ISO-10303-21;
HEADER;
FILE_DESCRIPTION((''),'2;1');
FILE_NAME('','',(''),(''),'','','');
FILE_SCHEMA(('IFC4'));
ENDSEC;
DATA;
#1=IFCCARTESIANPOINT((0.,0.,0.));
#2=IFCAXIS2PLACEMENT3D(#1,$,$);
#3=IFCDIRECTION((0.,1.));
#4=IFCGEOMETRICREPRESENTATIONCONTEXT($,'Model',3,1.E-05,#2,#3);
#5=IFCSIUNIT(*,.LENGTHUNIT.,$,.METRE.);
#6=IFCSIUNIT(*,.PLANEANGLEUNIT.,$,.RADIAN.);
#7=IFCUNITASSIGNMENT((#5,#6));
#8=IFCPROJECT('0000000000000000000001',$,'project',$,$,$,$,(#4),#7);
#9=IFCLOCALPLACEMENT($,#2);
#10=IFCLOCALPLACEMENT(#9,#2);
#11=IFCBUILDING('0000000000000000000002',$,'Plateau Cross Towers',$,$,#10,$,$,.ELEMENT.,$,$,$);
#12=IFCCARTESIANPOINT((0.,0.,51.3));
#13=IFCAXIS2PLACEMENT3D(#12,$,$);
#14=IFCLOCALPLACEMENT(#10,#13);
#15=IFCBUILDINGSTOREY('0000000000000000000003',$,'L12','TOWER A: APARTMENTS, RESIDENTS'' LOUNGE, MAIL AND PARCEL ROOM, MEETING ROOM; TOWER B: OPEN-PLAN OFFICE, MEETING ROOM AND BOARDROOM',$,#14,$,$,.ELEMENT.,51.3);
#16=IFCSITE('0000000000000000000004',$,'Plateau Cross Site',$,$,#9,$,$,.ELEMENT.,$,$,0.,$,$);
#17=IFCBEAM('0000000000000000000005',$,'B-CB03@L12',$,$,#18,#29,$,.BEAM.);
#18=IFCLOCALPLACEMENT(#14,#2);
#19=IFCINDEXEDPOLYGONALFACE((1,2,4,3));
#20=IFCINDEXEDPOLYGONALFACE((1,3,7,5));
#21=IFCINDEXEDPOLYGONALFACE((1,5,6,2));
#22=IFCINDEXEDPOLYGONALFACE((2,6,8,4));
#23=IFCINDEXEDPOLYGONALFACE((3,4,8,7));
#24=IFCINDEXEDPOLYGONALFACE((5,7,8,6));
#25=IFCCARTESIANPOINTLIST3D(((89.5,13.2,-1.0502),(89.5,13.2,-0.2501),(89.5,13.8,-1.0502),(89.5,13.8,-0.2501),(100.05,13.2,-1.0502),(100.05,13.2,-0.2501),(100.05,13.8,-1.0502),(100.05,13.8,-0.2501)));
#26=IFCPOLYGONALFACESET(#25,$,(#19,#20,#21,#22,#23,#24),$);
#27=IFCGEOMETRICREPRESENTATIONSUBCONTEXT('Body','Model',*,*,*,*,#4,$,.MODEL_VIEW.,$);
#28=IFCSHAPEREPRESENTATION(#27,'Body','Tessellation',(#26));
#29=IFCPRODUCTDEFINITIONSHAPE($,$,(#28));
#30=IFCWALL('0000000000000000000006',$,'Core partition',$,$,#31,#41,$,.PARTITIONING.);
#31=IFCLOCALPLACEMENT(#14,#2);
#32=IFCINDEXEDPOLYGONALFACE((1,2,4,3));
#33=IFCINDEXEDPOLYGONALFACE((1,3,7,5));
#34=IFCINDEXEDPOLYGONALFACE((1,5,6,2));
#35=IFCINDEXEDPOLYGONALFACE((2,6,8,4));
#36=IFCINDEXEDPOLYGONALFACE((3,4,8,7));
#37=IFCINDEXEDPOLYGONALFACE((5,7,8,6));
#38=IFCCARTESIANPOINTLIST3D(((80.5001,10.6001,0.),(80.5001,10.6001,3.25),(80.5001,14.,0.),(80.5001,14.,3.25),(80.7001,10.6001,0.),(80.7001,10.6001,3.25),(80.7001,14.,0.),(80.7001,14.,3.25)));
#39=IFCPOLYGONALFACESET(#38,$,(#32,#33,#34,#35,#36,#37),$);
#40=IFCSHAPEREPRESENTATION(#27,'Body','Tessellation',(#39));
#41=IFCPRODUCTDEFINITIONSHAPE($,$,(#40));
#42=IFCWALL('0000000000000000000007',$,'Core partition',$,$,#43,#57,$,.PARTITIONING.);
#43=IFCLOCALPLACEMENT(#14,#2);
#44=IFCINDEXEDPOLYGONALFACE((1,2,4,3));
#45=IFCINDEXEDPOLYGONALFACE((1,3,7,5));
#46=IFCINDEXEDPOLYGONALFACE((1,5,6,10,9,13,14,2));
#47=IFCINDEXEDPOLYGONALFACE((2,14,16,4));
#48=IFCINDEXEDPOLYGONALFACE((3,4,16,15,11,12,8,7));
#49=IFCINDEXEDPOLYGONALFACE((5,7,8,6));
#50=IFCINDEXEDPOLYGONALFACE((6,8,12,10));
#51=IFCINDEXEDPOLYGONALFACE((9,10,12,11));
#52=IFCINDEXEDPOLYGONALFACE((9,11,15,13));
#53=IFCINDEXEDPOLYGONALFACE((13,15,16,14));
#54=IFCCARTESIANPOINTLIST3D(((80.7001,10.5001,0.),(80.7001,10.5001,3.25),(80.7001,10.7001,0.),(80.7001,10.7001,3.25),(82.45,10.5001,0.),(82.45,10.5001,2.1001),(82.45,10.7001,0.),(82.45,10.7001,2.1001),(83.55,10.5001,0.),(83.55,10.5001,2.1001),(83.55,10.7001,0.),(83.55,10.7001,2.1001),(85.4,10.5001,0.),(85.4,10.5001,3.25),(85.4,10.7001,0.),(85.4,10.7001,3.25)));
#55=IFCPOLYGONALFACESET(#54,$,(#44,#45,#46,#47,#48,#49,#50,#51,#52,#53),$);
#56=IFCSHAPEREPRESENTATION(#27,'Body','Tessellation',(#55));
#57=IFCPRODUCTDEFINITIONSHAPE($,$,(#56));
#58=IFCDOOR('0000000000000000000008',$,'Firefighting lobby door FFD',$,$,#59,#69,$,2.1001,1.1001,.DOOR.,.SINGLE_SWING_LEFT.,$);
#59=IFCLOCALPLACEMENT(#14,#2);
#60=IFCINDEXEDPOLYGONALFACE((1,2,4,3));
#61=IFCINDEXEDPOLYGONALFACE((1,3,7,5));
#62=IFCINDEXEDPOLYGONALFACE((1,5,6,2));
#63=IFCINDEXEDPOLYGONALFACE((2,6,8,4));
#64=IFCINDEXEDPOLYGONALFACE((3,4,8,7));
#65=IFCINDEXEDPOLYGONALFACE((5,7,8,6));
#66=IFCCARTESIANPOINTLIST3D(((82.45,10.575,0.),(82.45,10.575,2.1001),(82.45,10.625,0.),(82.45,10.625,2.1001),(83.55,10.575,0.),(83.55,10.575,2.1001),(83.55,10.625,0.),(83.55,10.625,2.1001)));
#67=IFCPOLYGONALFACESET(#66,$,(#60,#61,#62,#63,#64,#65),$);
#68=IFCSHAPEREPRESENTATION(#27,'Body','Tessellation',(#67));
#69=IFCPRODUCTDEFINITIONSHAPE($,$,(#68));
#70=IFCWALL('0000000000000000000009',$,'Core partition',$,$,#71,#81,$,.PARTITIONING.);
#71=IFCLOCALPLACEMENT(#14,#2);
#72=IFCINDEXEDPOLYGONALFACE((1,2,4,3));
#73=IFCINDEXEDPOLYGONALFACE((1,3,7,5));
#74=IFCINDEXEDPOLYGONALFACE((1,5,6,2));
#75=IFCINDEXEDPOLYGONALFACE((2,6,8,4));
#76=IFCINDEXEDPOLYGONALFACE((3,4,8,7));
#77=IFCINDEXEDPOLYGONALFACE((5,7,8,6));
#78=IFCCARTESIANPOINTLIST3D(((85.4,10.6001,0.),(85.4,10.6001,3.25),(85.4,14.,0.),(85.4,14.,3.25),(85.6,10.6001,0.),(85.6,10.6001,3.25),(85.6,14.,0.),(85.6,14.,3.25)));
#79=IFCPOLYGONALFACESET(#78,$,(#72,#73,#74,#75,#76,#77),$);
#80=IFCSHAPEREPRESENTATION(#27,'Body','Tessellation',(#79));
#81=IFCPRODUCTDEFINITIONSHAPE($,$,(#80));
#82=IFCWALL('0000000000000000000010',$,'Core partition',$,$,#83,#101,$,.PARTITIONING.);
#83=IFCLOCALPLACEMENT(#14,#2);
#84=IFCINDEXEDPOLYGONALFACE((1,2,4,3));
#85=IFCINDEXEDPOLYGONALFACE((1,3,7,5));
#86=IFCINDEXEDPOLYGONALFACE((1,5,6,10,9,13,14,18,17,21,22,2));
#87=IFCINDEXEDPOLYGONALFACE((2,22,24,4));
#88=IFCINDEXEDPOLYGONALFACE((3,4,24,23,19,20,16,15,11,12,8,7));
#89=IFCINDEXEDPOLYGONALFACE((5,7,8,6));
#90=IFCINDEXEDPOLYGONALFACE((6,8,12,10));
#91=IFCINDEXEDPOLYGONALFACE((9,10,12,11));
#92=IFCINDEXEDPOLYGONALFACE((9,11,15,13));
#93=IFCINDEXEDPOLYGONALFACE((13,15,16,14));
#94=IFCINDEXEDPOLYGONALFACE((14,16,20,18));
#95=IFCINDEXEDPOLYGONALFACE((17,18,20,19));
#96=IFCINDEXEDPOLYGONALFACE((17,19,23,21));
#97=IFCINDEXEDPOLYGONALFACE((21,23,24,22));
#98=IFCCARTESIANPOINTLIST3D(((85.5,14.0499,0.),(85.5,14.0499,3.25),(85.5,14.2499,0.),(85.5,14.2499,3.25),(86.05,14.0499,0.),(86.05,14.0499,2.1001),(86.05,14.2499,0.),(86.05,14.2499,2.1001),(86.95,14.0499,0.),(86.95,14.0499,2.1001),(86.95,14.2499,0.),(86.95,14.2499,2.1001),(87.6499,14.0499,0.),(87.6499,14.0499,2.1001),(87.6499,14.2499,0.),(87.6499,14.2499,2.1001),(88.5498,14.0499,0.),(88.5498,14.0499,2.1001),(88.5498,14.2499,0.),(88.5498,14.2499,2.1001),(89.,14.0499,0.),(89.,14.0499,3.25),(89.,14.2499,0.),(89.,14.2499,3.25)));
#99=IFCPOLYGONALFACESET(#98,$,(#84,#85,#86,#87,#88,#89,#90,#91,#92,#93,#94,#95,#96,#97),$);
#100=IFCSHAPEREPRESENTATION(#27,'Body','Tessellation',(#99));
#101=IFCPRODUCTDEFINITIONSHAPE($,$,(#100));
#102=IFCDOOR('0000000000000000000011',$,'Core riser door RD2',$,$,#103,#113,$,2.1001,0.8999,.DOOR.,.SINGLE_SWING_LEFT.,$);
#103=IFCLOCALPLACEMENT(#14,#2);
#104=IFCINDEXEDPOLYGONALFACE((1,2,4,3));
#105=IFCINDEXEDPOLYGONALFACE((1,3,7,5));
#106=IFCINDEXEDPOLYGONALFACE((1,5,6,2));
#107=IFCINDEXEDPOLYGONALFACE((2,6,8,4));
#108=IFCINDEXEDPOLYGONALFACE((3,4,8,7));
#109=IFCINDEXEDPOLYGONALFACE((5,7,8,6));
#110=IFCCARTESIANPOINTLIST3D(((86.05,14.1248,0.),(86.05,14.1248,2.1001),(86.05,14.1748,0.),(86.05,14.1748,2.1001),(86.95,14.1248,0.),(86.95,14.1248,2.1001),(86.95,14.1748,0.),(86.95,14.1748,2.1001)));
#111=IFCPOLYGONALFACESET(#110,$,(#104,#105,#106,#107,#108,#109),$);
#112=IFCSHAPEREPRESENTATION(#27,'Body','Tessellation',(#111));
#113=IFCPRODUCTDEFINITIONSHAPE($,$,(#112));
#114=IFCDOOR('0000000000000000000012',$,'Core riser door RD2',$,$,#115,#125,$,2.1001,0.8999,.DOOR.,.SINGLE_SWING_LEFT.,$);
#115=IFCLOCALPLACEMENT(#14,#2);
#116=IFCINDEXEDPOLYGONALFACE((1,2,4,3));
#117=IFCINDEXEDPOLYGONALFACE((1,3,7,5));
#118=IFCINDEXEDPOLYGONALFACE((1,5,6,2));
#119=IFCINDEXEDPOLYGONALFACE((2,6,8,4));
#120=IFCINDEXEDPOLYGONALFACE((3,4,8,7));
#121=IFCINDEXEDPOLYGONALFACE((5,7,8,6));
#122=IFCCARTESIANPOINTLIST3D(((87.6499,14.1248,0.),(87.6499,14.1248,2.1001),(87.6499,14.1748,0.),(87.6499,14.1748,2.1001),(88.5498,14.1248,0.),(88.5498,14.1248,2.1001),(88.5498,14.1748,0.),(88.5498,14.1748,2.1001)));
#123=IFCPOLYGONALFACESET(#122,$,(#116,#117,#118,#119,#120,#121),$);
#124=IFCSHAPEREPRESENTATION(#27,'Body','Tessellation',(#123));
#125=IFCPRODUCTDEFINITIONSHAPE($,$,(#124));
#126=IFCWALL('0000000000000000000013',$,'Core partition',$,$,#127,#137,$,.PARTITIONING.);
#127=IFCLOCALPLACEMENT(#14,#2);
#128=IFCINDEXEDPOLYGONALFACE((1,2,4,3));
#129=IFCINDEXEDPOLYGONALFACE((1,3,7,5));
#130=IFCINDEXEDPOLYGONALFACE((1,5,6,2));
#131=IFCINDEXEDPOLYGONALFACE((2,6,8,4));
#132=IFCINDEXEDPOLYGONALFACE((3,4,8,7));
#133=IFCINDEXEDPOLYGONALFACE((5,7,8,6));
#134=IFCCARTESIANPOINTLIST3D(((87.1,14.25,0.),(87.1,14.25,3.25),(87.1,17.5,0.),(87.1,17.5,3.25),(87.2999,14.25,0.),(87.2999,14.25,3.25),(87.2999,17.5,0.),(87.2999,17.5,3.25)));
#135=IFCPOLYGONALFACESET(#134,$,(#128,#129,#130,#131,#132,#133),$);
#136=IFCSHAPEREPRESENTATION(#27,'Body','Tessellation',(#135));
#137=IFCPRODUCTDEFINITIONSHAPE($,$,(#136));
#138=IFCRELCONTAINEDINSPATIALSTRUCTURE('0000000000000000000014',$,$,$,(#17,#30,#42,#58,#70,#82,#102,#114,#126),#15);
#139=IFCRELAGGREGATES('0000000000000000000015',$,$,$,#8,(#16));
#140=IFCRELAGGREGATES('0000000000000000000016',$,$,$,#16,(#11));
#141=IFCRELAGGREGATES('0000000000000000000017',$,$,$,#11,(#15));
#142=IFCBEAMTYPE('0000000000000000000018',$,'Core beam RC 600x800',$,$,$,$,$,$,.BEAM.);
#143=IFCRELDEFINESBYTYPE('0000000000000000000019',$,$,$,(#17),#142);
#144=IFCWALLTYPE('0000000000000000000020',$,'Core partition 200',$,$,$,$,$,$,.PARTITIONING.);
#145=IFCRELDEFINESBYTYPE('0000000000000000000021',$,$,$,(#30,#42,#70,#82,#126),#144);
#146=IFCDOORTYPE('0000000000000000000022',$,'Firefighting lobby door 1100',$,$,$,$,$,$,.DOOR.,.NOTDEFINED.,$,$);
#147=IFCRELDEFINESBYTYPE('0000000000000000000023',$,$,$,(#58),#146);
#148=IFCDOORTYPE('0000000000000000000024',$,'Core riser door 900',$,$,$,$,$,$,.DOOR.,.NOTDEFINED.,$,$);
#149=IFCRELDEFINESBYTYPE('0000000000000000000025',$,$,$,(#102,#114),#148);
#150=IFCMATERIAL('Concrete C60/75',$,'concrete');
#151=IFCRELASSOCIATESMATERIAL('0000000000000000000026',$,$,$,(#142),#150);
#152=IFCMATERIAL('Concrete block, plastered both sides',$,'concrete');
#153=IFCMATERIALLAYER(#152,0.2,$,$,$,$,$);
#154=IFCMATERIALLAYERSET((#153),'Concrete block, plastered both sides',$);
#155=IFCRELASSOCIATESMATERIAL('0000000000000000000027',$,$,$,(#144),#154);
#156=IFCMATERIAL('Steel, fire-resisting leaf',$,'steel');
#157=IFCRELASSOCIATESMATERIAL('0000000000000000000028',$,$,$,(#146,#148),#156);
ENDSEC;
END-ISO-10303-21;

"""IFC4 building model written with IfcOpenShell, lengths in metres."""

from ifc_helpers import new_model, si_unit, direction, frame, frame_2d, origin, origin_2d, place, context, subcontext, project, spatial, rectangle, extrude, material, layer, layer_set, material_profile, profile_set, type_object, element, fill, save


model = new_model("IFC4")

# Units and contexts
model_context = context("Model", 3, precision=1e-05, world=origin(), true_north=direction((0.0, 1.0)))
body_context = subcontext(model_context, "Body", "Model", "MODEL_VIEW")
ifc_project = project(units=[si_unit("LENGTHUNIT", "METRE"), si_unit("PLANEANGLEUNIT", "RADIAN")], contexts=[model_context])

# Site, building, storey
site_placement = place(None, origin())
site = spatial("IfcSite", under=ifc_project, at=site_placement, Name="Plateau Cross Site", CompositionType="ELEMENT", RefElevation=0.0)
building_placement = place(site_placement, origin())
building = spatial("IfcBuilding", under=site, at=building_placement, Name="Plateau Cross Towers", CompositionType="ELEMENT")
storey_placement = place(building_placement, frame((0.0, 0.0, 51.3)))
storey = spatial("IfcBuildingStorey", under=building, at=storey_placement, Name="L12", Description="TOWER A: APARTMENTS, RESIDENTS' LOUNGE, MAIL AND PARCEL ROOM, MEETING ROOM; TOWER B: OPEN-PLAN OFFICE, MEETING ROOM AND BOARDROOM", CompositionType="ELEMENT", Elevation=51.3)

# Beam
ifc_material_1 = material(Name="Concrete C60/75", Category="concrete")
ifc_material_profile = material_profile(ifc_material_1, rectangle(XDim=0.6001, YDim=0.8, at=origin_2d()), Name="RC 600x800")
ifc_profile_set = profile_set([ifc_material_profile], Name="Concrete C60/75")
beam_type = type_object("IfcBeamType", Name="Core beam RC 600x800", PredefinedType="BEAM", material=ifc_profile_set)
beam_placement = place(storey_placement, frame((89.5, 13.5, -0.6501), z_axis=(1.0, 0.0, 0.0), x_axis=(0.0, 1.0, 0.0)))
element("IfcBeam", 1, at=beam_placement, inside=storey, type_object=beam_type, Name="B-CB03@L12", PredefinedType="BEAM", context=body_context, shape_type="SweptSolid", body=[
    extrude(rectangle(XDim=0.6001, YDim=0.8, at=origin_2d()), origin(), (0.0, 0.0, 1.0), 10.55),
])

# Wall
ifc_material_2 = material(Name="Concrete block, plastered both sides", Category="concrete")
ifc_layer_1 = layer(ifc_material_2, 0.2)
ifc_layer_set_1 = layer_set([ifc_layer_1], Name="Concrete block, plastered both sides")
wall_type_1 = type_object("IfcWallType", Name="Core partition 200", PredefinedType="PARTITIONING", material=ifc_layer_set_1)
wall_1_placement = place(storey_placement, frame((80.6001, 10.6001, 0.0), z_axis=(0.0, 0.0, 1.0), x_axis=(0.0, 1.0, 0.0)))
element("IfcWall", 2, at=wall_1_placement, inside=storey, type_object=wall_type_1, Name="Core partition", PredefinedType="PARTITIONING", context=body_context, shape_type="SweptSolid", body=[
    extrude(rectangle(XDim=3.3999, YDim=0.2, at=frame_2d((1.7, 0.0))), origin(), (0.0, 0.0, 1.0), 3.25),
])

# Wall, opening, door
wall_2_placement = place(storey_placement, frame((80.7, 10.6001, 0.0), z_axis=(0.0, 0.0, 1.0), x_axis=(1.0, 0.0, 0.0)))
wall_2 = element("IfcWall", 3, at=wall_2_placement, inside=storey, type_object=wall_type_1, Name="Core partition", PredefinedType="PARTITIONING", context=body_context, shape_type="SweptSolid", body=[
    extrude(rectangle(XDim=4.7, YDim=0.2, at=frame_2d((2.3501, 0.0))), origin(), (0.0, 0.0, 1.0), 3.25),
])
opening_1_placement = place(wall_2_placement, frame((1.75, 0.0, 0.0)))
opening_1 = element("IfcOpeningElement", 4, at=opening_1_placement, cuts=wall_2, PredefinedType="OPENING", context=body_context, shape_type="SweptSolid", body=[
    extrude(rectangle(XDim=1.1001, YDim=2.1001, at=frame_2d((0.55, 1.05))), frame((0.0, 0.1099, 0.0), z_axis=(0.0, -1.0, 0.0), x_axis=(1.0, 0.0, 0.0)), (0.0, 0.0, 1.0), 0.22),
])
ifc_material_3 = material(Name="Steel, fire-resisting leaf", Category="steel")
door_type_1 = type_object("IfcDoorType", Name="Firefighting lobby door 1100", OperationType="NOTDEFINED", PredefinedType="DOOR", material=ifc_material_3)
door_1_placement = place(opening_1_placement, origin())
door_1 = element("IfcDoor", 5, at=door_1_placement, inside=storey, type_object=door_type_1, Name="Firefighting lobby door FFD", OperationType="SINGLE_SWING_LEFT", OverallHeight=2.1001, OverallWidth=1.1001, PredefinedType="DOOR", context=body_context, shape_type="SweptSolid", body=[
    extrude(rectangle(XDim=1.1001, YDim=2.1001, at=frame_2d((0.55, 1.05))), frame((0.0, 0.0249, 0.0), z_axis=(0.0, -1.0, 0.0), x_axis=(1.0, 0.0, 0.0)), (0.0, 0.0, 1.0), 0.05),
])
fill(opening_1, door_1)

# Wall
wall_3_placement = place(storey_placement, frame((85.5, 10.6001, 0.0), z_axis=(0.0, 0.0, 1.0), x_axis=(0.0, 1.0, 0.0)))
element("IfcWall", 6, at=wall_3_placement, inside=storey, type_object=wall_type_1, Name="Core partition", PredefinedType="PARTITIONING", context=body_context, shape_type="SweptSolid", body=[
    extrude(rectangle(XDim=3.3999, YDim=0.2, at=frame_2d((1.7, 0.0))), origin(), (0.0, 0.0, 1.0), 3.25),
])

# Wall, openings, doors
wall_4_placement = place(storey_placement, frame((85.5, 14.1499, 0.0), z_axis=(0.0, 0.0, 1.0), x_axis=(1.0, 0.0, 0.0)))
wall_4 = element("IfcWall", 7, at=wall_4_placement, inside=storey, type_object=wall_type_1, Name="Core partition", PredefinedType="PARTITIONING", context=body_context, shape_type="SweptSolid", body=[
    extrude(rectangle(XDim=3.5, YDim=0.2, at=frame_2d((1.75, 0.0))), origin(), (0.0, 0.0, 1.0), 3.25),
])
opening_2_placement = place(wall_4_placement, frame((0.55, 0.0, 0.0)))
opening_2 = element("IfcOpeningElement", 8, at=opening_2_placement, cuts=wall_4, PredefinedType="OPENING", context=body_context, shape_type="SweptSolid", body=[
    extrude(rectangle(XDim=0.8999, YDim=2.1001, at=frame_2d((0.45, 1.05))), frame((0.0, 0.1099, 0.0), z_axis=(0.0, -1.0, 0.0), x_axis=(1.0, 0.0, 0.0)), (0.0, 0.0, 1.0), 0.22),
])
opening_3_placement = place(wall_4_placement, frame((2.1499, 0.0, 0.0)))
opening_3 = element("IfcOpeningElement", 9, at=opening_3_placement, cuts=wall_4, PredefinedType="OPENING", context=body_context, shape_type="SweptSolid", body=[
    extrude(rectangle(XDim=0.8999, YDim=2.1001, at=frame_2d((0.45, 1.05))), frame((0.0, 0.1099, 0.0), z_axis=(0.0, -1.0, 0.0), x_axis=(1.0, 0.0, 0.0)), (0.0, 0.0, 1.0), 0.22),
])
door_type_2 = type_object("IfcDoorType", Name="Core riser door 900", OperationType="NOTDEFINED", PredefinedType="DOOR", material=ifc_material_3)
door_2_placement = place(opening_2_placement, origin())
door_2 = element("IfcDoor", 10, at=door_2_placement, inside=storey, type_object=door_type_2, Name="Core riser door RD2", OperationType="SINGLE_SWING_LEFT", OverallHeight=2.1001, OverallWidth=0.8999, PredefinedType="DOOR", context=body_context, shape_type="SweptSolid", body=[
    extrude(rectangle(XDim=0.8999, YDim=2.1001, at=frame_2d((0.45, 1.05))), frame((0.0, 0.0249, 0.0), z_axis=(0.0, -1.0, 0.0), x_axis=(1.0, 0.0, 0.0)), (0.0, 0.0, 1.0), 0.05),
])
fill(opening_2, door_2)
door_3_placement = place(opening_3_placement, origin())
door_3 = element("IfcDoor", 11, at=door_3_placement, inside=storey, type_object=door_type_2, Name="Core riser door RD2", OperationType="SINGLE_SWING_LEFT", OverallHeight=2.1001, OverallWidth=0.8999, PredefinedType="DOOR", context=body_context, shape_type="SweptSolid", body=[
    extrude(rectangle(XDim=0.8999, YDim=2.1001, at=frame_2d((0.45, 1.05))), frame((0.0, 0.0249, 0.0), z_axis=(0.0, -1.0, 0.0), x_axis=(1.0, 0.0, 0.0)), (0.0, 0.0, 1.0), 0.05),
])
fill(opening_3, door_3)

# Wall
wall_5_placement = place(storey_placement, frame((87.2, 14.25, 0.0), z_axis=(0.0, 0.0, 1.0), x_axis=(0.0, 1.0, 0.0)))
element("IfcWall", 12, at=wall_5_placement, inside=storey, type_object=wall_type_1, Name="Core partition", PredefinedType="PARTITIONING", context=body_context, shape_type="SweptSolid", body=[
    extrude(rectangle(XDim=3.25, YDim=0.2, at=frame_2d((1.625, 0.0))), origin(), (0.0, 0.0, 1.0), 3.25),
])

save(model, "model.ifc")
